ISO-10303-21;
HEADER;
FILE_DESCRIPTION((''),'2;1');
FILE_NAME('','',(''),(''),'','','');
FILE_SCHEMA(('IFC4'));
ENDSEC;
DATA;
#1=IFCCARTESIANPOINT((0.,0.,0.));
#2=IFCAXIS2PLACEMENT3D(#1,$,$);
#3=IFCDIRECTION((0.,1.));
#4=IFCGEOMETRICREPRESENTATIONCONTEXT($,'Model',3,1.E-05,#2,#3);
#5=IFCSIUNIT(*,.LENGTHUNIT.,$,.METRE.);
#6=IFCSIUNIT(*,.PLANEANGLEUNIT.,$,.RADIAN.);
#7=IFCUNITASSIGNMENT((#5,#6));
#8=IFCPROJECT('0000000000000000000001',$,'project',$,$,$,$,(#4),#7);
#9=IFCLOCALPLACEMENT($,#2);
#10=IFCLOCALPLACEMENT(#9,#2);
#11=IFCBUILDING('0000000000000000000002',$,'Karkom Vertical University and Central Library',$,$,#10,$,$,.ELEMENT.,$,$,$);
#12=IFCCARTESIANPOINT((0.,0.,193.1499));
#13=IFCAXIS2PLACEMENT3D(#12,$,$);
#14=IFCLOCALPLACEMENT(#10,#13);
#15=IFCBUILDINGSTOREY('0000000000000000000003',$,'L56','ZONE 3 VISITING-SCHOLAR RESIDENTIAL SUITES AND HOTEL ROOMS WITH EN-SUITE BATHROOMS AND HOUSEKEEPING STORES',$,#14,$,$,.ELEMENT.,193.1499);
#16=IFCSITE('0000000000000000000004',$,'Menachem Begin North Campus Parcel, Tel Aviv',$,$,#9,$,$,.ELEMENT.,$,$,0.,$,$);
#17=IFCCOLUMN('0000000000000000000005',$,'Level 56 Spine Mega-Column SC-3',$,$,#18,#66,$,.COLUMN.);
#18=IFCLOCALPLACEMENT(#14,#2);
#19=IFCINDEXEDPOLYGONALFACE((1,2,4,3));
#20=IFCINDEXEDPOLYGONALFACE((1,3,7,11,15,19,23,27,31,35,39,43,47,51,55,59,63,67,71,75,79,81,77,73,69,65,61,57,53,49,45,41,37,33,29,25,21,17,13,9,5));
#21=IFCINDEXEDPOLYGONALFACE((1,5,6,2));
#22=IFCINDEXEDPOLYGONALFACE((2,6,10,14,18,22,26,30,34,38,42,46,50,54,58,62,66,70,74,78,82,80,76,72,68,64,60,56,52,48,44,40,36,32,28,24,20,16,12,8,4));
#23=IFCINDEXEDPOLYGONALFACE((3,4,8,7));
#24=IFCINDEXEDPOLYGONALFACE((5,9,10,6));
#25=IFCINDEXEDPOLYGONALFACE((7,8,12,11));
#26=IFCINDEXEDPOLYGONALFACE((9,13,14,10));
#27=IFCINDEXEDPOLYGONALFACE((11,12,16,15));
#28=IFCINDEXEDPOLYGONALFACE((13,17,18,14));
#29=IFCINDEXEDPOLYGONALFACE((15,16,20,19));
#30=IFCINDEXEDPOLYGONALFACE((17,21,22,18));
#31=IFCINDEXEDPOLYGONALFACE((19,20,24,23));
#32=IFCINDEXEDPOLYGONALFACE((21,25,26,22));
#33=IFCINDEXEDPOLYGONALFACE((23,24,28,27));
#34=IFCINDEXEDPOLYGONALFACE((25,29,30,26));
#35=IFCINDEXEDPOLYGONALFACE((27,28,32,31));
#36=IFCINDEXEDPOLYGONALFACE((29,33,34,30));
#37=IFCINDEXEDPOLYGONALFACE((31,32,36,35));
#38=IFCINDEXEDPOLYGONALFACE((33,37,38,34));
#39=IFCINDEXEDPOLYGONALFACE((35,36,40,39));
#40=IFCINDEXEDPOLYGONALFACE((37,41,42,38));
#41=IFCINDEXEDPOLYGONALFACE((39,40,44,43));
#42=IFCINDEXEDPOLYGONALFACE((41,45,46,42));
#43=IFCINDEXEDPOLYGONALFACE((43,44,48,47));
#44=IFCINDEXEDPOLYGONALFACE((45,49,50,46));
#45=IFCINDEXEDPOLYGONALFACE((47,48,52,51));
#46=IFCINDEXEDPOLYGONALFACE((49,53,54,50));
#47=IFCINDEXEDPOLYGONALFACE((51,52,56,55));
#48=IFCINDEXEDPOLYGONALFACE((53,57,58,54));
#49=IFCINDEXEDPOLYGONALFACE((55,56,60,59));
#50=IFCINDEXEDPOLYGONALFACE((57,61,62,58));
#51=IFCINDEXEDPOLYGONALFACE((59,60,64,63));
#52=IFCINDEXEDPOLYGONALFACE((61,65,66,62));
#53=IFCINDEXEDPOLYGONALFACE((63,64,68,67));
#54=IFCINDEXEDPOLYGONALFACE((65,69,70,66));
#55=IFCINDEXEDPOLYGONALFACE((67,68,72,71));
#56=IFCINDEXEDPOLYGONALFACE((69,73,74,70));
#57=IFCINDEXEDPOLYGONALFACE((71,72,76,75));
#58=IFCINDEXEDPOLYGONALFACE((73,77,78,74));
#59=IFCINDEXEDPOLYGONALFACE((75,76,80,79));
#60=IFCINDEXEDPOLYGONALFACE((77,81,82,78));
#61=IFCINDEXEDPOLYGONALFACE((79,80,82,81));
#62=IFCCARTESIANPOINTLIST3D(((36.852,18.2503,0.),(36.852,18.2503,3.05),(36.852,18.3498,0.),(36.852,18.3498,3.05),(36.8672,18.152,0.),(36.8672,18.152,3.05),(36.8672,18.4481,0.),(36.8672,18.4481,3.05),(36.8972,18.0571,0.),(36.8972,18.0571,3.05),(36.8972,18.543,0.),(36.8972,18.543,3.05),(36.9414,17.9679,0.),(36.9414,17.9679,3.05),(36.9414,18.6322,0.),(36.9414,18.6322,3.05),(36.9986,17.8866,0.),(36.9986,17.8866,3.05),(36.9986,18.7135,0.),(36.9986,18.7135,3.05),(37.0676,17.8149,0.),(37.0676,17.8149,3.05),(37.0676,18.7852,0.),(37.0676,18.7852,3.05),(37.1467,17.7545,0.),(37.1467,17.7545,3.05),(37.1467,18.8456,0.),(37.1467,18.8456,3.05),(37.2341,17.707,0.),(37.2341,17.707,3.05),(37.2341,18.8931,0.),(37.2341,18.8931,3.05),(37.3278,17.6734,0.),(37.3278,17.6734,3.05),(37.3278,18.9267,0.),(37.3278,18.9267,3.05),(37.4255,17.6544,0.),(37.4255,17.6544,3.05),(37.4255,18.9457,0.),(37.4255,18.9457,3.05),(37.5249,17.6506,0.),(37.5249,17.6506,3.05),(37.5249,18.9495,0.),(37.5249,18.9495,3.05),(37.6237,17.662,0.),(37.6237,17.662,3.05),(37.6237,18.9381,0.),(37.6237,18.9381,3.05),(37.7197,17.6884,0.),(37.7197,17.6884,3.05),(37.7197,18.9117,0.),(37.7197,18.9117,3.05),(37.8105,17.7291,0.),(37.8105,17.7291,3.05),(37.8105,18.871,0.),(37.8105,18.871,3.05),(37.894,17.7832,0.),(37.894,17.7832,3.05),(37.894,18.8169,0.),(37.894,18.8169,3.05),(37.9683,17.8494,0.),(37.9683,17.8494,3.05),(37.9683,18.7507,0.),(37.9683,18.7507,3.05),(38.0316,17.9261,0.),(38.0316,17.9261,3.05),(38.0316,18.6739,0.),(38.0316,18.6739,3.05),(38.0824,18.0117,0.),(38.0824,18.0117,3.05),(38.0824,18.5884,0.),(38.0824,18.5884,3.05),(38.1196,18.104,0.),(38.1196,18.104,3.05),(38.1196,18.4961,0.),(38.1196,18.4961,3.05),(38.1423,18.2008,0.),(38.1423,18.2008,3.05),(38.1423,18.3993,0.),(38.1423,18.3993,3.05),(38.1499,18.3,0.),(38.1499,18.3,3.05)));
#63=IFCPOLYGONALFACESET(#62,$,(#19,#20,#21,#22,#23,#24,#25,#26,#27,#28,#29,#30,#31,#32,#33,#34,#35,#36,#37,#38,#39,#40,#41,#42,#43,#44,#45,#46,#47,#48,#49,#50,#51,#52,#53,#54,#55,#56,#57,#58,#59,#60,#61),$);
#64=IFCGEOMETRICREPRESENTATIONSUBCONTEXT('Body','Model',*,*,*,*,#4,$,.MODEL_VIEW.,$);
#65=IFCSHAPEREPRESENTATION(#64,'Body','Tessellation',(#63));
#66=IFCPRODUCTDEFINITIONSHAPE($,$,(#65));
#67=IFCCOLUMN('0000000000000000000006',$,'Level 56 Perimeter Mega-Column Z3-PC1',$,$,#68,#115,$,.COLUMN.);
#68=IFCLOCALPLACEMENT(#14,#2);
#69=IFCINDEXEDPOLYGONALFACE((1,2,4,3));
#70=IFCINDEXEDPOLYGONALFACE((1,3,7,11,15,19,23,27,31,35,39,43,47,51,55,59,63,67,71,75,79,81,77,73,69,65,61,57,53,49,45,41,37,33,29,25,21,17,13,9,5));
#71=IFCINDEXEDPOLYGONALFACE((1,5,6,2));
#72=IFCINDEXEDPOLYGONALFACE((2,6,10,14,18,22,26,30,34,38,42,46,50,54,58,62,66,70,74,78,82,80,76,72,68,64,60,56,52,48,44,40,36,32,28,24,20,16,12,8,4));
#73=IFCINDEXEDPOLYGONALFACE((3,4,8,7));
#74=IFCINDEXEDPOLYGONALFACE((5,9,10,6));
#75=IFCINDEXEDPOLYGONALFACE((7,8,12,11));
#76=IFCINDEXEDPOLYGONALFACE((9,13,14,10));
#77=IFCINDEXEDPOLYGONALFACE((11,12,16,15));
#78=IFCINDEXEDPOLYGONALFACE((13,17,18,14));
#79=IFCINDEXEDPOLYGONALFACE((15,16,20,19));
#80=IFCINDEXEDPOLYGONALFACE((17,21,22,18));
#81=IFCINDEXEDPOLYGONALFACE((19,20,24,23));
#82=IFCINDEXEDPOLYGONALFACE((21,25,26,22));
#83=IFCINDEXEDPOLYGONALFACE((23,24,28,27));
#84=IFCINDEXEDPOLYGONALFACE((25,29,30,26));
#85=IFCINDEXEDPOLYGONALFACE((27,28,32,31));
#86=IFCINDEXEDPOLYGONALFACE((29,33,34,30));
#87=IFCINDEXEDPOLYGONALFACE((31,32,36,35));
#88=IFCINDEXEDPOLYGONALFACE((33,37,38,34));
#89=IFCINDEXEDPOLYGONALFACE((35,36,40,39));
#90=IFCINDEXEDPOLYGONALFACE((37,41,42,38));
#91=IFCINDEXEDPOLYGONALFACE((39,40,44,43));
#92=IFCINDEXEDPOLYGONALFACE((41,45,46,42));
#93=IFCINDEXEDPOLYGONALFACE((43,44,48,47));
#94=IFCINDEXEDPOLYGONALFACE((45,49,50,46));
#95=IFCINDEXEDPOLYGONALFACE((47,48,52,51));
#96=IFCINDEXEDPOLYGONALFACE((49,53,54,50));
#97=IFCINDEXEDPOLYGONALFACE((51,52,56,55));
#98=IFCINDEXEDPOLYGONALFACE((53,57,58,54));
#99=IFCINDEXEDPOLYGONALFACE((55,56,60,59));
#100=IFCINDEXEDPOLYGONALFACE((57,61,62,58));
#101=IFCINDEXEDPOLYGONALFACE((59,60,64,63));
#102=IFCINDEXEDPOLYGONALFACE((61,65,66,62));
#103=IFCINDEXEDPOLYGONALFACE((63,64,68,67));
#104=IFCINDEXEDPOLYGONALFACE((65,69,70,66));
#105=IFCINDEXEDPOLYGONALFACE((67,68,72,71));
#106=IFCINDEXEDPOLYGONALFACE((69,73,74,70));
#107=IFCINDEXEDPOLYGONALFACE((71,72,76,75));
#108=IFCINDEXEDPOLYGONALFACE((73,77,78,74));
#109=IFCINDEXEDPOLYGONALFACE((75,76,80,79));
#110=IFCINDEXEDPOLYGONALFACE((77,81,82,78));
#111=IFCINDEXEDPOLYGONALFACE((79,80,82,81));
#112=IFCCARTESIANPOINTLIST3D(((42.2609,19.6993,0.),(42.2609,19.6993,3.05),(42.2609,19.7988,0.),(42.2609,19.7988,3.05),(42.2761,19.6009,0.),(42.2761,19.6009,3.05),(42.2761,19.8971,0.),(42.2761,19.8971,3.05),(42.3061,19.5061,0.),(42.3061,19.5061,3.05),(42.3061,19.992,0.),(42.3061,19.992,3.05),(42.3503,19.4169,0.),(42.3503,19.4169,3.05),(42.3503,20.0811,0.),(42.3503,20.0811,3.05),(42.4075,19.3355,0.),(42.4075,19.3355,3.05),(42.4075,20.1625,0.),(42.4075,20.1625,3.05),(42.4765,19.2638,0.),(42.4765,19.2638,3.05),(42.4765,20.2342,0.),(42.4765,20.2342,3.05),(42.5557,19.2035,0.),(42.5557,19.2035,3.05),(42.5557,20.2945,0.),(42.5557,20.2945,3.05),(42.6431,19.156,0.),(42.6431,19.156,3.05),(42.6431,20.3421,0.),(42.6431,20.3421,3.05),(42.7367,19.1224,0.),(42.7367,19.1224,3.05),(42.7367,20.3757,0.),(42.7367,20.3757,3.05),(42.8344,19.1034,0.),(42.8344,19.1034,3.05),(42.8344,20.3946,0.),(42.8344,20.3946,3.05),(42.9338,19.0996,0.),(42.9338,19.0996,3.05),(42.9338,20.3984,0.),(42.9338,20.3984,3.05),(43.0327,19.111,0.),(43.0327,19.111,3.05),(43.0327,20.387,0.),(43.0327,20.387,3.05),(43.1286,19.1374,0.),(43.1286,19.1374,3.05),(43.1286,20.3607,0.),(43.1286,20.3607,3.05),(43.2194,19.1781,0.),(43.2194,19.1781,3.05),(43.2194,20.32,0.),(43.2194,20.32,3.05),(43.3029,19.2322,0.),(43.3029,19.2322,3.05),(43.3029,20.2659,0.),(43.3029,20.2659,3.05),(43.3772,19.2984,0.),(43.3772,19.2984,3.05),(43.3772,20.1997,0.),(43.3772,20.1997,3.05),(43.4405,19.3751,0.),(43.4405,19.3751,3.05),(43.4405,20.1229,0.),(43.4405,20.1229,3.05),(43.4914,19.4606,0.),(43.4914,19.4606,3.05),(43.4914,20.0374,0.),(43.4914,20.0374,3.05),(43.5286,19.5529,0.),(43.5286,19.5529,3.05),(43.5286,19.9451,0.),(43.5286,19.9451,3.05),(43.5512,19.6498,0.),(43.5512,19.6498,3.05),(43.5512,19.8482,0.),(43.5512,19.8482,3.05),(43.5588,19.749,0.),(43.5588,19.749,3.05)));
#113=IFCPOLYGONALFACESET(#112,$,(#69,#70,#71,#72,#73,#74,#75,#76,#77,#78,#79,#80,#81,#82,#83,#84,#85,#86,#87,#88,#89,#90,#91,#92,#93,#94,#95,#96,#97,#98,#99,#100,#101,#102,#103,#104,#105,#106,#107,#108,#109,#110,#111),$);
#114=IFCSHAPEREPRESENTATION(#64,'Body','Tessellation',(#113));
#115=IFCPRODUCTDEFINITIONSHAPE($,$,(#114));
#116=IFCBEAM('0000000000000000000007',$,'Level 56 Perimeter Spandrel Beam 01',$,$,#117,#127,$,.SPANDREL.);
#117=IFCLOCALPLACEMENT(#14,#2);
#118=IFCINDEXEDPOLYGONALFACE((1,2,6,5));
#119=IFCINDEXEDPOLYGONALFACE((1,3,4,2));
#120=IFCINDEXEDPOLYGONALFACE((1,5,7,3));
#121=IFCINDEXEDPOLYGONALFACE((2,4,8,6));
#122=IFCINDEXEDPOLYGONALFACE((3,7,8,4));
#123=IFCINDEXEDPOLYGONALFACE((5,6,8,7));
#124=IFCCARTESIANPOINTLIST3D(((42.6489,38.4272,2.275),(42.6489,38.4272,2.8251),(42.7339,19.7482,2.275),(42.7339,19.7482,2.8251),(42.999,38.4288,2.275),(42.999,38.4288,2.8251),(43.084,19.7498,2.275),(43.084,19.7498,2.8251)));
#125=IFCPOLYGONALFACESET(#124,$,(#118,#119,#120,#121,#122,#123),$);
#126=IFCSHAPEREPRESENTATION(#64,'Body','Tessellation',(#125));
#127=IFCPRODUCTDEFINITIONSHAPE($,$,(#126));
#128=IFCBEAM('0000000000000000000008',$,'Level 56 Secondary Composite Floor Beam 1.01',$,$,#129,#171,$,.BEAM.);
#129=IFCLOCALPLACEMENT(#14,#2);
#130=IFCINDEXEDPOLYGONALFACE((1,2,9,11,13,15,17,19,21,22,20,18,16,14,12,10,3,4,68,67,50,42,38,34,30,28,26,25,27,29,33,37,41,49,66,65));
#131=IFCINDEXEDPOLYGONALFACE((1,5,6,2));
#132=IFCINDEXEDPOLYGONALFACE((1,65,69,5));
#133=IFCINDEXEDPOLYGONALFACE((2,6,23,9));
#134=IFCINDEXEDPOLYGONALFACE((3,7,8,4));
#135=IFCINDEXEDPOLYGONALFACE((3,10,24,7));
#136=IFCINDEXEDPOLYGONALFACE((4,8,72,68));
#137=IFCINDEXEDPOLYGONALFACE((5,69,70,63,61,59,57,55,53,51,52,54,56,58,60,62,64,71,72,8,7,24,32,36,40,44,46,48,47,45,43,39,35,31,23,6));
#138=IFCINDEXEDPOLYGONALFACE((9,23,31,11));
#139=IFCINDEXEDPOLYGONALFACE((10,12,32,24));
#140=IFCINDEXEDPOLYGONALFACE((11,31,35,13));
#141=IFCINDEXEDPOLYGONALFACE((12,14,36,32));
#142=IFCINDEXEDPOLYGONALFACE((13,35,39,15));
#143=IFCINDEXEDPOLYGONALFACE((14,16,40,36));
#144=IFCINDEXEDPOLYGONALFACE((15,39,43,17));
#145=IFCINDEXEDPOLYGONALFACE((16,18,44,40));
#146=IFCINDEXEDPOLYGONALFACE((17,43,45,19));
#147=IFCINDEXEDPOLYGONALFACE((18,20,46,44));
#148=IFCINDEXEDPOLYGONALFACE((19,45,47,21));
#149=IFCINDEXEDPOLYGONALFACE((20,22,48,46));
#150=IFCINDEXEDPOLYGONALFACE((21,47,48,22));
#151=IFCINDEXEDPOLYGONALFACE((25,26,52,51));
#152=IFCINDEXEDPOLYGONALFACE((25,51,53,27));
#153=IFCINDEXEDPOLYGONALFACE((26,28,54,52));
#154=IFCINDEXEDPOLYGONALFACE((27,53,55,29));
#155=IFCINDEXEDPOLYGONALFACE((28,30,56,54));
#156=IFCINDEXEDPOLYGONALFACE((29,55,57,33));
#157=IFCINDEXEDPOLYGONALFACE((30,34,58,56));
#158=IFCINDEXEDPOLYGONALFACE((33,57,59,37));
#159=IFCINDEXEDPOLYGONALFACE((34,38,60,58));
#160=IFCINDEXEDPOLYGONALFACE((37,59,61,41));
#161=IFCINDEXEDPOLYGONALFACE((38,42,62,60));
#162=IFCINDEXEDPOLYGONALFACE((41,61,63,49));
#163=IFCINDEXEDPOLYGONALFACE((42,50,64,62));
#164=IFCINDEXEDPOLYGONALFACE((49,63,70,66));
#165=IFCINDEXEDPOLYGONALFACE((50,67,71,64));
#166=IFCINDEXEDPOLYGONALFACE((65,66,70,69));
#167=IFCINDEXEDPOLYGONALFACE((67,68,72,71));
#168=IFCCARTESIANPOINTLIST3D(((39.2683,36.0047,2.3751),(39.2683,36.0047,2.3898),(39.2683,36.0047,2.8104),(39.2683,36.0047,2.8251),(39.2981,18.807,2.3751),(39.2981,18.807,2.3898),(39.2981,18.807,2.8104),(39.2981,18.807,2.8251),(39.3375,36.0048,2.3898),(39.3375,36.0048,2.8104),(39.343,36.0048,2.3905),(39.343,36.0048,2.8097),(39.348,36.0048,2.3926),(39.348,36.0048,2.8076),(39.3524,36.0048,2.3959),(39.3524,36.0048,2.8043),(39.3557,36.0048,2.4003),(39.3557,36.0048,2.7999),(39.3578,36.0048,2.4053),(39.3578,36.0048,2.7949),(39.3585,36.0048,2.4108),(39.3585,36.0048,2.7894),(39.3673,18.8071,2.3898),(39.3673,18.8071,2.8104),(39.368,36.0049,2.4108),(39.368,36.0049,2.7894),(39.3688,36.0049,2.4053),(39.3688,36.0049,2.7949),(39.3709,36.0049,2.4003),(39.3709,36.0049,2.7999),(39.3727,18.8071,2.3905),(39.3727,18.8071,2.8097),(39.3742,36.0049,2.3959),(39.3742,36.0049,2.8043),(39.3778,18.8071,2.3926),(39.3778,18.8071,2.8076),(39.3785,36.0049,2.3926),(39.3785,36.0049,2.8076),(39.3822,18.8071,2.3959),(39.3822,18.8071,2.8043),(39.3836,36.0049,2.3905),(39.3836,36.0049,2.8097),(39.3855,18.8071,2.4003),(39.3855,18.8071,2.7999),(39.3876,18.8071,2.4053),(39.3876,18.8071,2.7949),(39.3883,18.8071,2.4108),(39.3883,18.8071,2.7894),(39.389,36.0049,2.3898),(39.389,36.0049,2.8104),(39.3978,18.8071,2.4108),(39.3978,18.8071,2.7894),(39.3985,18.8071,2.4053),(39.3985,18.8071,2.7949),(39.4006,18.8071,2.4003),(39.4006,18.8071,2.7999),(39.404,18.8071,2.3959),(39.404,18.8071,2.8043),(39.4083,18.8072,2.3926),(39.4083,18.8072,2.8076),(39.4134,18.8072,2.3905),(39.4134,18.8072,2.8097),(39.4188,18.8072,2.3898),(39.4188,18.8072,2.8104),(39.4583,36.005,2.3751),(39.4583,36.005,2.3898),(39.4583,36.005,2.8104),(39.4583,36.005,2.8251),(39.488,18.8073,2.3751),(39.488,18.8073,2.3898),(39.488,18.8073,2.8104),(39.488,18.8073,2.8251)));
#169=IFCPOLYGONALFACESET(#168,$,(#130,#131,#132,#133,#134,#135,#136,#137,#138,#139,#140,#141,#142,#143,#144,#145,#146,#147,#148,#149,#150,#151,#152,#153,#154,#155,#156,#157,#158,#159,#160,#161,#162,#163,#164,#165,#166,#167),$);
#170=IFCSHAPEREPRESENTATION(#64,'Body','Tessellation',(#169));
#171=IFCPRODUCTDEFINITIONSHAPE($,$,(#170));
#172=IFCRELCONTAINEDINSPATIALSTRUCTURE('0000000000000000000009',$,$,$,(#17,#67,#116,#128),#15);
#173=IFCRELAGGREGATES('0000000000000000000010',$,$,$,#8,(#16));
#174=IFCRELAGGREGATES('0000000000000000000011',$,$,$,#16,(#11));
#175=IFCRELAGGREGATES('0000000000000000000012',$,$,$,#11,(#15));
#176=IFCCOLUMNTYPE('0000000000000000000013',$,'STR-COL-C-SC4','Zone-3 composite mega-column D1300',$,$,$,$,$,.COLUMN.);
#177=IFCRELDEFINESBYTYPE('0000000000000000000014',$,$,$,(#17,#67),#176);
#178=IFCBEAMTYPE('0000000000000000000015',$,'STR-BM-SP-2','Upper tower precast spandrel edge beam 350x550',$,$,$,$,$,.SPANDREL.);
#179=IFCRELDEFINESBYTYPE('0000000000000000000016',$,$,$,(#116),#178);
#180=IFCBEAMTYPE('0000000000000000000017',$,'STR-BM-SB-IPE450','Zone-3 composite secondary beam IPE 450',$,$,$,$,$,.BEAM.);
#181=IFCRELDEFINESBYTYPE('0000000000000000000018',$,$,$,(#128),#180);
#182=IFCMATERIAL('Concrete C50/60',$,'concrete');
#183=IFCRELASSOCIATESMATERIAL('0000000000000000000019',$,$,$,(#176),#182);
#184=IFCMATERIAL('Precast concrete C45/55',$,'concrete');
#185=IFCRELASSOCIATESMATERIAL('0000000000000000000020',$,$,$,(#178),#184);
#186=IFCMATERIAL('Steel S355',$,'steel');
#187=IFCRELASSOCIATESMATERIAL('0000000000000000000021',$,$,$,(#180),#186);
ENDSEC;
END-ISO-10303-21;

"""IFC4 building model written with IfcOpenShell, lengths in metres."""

from ifc_helpers import new_model, si_unit, direction, frame, origin, origin_with_axes, origin_2d, place, context, subcontext, project, spatial, rectangle, circle, i_section, extrude, source, transform, mapped, material, material_profile, profile_set, type_object, element, save


model = new_model("IFC4")

# Units and contexts
model_context = context("Model", 3, precision=1e-05, world=origin(), true_north=direction((0.0, 1.0)))
body_context = subcontext(model_context, "Body", "Model", "MODEL_VIEW")
ifc_project = project(units=[si_unit("LENGTHUNIT", "METRE"), si_unit("PLANEANGLEUNIT", "RADIAN")], contexts=[model_context])

# Site, building, storey
site_placement = place(None, origin())
site = spatial("IfcSite", under=ifc_project, at=site_placement, Name="Menachem Begin North Campus Parcel, Tel Aviv", CompositionType="ELEMENT", RefElevation=0.0)
building_placement = place(site_placement, origin())
building = spatial("IfcBuilding", under=site, at=building_placement, Name="Karkom Vertical University and Central Library", CompositionType="ELEMENT")
storey_placement = place(building_placement, frame((0.0, 0.0, 193.1499)))
storey = spatial("IfcBuildingStorey", under=building, at=storey_placement, Name="L56", Description="ZONE 3 VISITING-SCHOLAR RESIDENTIAL SUITES AND HOTEL ROOMS WITH EN-SUITE BATHROOMS AND HOUSEKEEPING STORES", CompositionType="ELEMENT", Elevation=193.1499)

# Columns
ifc_material_1 = material(Name="Concrete C50/60", Category="concrete")
ifc_material_profile_1 = material_profile(ifc_material_1, circle(Radius=0.6499, at=origin_2d()), Name="CFT-D1300")
ifc_profile_set_1 = profile_set([ifc_material_profile_1], Name="Concrete C50/60")
column_type = type_object("IfcColumnType", Name="STR-COL-C-SC4", Description="Zone-3 composite mega-column D1300", PredefinedType="COLUMN", material=ifc_profile_set_1)
shared_shape_1 = source(origin_with_axes(), body_context, "Body", "SweptSolid", [
    extrude(circle(Radius=0.6499, at=origin_2d()), origin(), (0.0, 0.0, 1.0), 3.05),
])
for number, where, z_axis, x_axis, name in (
    (1, (37.5, 18.3, 0.0), (0.0, 0.0, 1.0), (1.0, 0.0, 0.0), "Level 56 Spine Mega-Column SC-3"),
    (2, (42.9089, 19.749, 0.0), (0.0, 0.0, 1.0), (1.0, 0.0, 0.0), "Level 56 Perimeter Mega-Column Z3-PC1"),
):
    element("IfcColumn", number, at=place(storey_placement, frame(where, z_axis=z_axis, x_axis=x_axis)), inside=storey, type_object=column_type, Name=name, PredefinedType="COLUMN", context=body_context, shape_type="MappedRepresentation", body=[
        mapped(shared_shape_1, transform((0.0, 0.0, 0.0), scale=1.0)),
    ])

# Beams
ifc_material_2 = material(Name="Precast concrete C45/55", Category="concrete")
ifc_material_profile_2 = material_profile(ifc_material_2, rectangle(XDim=0.3501, YDim=0.55, at=origin_2d()), Name="SPB-350x550")
ifc_profile_set_2 = profile_set([ifc_material_profile_2], Name="Precast concrete C45/55")
beam_type_1 = type_object("IfcBeamType", Name="STR-BM-SP-2", Description="Upper tower precast spandrel edge beam 350x550", PredefinedType="SPANDREL", material=ifc_profile_set_2)
shared_shape_2 = source(origin_with_axes(), body_context, "Body", "SweptSolid", [
    extrude(rectangle(XDim=0.3501, YDim=0.55, at=origin_2d()), origin(), (0.0, 0.0, 1.0), 18.6792),
])
beam_1_placement = place(storey_placement, frame((42.9089, 19.749, 2.55), z_axis=(-0.004548, 0.99999, 0.0), x_axis=(-0.99999, -0.004548, 0.0)))
element("IfcBeam", 3, at=beam_1_placement, inside=storey, type_object=beam_type_1, Name="Level 56 Perimeter Spandrel Beam 01", PredefinedType="SPANDREL", context=body_context, shape_type="MappedRepresentation", body=[
    mapped(shared_shape_2, transform((0.0, 0.0, 0.0), scale=1.0)),
])
ifc_material_3 = material(Name="Steel S355", Category="steel")
ifc_material_profile_3 = material_profile(ifc_material_3, i_section(OverallWidth=0.1899, OverallDepth=0.45, WebThickness=0.0095, FlangeThickness=0.0146, FilletRadius=0.021, at=origin_2d()), Name="IPE 450")
ifc_profile_set_3 = profile_set([ifc_material_profile_3], Name="Steel S355")
beam_type_2 = type_object("IfcBeamType", Name="STR-BM-SB-IPE450", Description="Zone-3 composite secondary beam IPE 450", PredefinedType="BEAM", material=ifc_profile_set_3)
shared_shape_3 = source(origin_with_axes(), body_context, "Body", "SweptSolid", [
    extrude(i_section(OverallWidth=0.1899, OverallDepth=0.45, WebThickness=0.0095, FlangeThickness=0.0146, FilletRadius=0.021, at=origin_2d()), origin(), (0.0, 0.0, 1.0), 17.1978),
])
beam_2_placement = place(storey_placement, frame((39.3931, 18.8071, 2.6001), z_axis=(-0.001732, 0.999999, 0.0), x_axis=(-0.999999, -0.001732, 0.0)))
element("IfcBeam", 4, at=beam_2_placement, inside=storey, type_object=beam_type_2, Name="Level 56 Secondary Composite Floor Beam 1.01", PredefinedType="BEAM", context=body_context, shape_type="MappedRepresentation", body=[
    mapped(shared_shape_3, transform((0.0, 0.0, 0.0), scale=1.0)),
])

save(model, "model.ifc")
